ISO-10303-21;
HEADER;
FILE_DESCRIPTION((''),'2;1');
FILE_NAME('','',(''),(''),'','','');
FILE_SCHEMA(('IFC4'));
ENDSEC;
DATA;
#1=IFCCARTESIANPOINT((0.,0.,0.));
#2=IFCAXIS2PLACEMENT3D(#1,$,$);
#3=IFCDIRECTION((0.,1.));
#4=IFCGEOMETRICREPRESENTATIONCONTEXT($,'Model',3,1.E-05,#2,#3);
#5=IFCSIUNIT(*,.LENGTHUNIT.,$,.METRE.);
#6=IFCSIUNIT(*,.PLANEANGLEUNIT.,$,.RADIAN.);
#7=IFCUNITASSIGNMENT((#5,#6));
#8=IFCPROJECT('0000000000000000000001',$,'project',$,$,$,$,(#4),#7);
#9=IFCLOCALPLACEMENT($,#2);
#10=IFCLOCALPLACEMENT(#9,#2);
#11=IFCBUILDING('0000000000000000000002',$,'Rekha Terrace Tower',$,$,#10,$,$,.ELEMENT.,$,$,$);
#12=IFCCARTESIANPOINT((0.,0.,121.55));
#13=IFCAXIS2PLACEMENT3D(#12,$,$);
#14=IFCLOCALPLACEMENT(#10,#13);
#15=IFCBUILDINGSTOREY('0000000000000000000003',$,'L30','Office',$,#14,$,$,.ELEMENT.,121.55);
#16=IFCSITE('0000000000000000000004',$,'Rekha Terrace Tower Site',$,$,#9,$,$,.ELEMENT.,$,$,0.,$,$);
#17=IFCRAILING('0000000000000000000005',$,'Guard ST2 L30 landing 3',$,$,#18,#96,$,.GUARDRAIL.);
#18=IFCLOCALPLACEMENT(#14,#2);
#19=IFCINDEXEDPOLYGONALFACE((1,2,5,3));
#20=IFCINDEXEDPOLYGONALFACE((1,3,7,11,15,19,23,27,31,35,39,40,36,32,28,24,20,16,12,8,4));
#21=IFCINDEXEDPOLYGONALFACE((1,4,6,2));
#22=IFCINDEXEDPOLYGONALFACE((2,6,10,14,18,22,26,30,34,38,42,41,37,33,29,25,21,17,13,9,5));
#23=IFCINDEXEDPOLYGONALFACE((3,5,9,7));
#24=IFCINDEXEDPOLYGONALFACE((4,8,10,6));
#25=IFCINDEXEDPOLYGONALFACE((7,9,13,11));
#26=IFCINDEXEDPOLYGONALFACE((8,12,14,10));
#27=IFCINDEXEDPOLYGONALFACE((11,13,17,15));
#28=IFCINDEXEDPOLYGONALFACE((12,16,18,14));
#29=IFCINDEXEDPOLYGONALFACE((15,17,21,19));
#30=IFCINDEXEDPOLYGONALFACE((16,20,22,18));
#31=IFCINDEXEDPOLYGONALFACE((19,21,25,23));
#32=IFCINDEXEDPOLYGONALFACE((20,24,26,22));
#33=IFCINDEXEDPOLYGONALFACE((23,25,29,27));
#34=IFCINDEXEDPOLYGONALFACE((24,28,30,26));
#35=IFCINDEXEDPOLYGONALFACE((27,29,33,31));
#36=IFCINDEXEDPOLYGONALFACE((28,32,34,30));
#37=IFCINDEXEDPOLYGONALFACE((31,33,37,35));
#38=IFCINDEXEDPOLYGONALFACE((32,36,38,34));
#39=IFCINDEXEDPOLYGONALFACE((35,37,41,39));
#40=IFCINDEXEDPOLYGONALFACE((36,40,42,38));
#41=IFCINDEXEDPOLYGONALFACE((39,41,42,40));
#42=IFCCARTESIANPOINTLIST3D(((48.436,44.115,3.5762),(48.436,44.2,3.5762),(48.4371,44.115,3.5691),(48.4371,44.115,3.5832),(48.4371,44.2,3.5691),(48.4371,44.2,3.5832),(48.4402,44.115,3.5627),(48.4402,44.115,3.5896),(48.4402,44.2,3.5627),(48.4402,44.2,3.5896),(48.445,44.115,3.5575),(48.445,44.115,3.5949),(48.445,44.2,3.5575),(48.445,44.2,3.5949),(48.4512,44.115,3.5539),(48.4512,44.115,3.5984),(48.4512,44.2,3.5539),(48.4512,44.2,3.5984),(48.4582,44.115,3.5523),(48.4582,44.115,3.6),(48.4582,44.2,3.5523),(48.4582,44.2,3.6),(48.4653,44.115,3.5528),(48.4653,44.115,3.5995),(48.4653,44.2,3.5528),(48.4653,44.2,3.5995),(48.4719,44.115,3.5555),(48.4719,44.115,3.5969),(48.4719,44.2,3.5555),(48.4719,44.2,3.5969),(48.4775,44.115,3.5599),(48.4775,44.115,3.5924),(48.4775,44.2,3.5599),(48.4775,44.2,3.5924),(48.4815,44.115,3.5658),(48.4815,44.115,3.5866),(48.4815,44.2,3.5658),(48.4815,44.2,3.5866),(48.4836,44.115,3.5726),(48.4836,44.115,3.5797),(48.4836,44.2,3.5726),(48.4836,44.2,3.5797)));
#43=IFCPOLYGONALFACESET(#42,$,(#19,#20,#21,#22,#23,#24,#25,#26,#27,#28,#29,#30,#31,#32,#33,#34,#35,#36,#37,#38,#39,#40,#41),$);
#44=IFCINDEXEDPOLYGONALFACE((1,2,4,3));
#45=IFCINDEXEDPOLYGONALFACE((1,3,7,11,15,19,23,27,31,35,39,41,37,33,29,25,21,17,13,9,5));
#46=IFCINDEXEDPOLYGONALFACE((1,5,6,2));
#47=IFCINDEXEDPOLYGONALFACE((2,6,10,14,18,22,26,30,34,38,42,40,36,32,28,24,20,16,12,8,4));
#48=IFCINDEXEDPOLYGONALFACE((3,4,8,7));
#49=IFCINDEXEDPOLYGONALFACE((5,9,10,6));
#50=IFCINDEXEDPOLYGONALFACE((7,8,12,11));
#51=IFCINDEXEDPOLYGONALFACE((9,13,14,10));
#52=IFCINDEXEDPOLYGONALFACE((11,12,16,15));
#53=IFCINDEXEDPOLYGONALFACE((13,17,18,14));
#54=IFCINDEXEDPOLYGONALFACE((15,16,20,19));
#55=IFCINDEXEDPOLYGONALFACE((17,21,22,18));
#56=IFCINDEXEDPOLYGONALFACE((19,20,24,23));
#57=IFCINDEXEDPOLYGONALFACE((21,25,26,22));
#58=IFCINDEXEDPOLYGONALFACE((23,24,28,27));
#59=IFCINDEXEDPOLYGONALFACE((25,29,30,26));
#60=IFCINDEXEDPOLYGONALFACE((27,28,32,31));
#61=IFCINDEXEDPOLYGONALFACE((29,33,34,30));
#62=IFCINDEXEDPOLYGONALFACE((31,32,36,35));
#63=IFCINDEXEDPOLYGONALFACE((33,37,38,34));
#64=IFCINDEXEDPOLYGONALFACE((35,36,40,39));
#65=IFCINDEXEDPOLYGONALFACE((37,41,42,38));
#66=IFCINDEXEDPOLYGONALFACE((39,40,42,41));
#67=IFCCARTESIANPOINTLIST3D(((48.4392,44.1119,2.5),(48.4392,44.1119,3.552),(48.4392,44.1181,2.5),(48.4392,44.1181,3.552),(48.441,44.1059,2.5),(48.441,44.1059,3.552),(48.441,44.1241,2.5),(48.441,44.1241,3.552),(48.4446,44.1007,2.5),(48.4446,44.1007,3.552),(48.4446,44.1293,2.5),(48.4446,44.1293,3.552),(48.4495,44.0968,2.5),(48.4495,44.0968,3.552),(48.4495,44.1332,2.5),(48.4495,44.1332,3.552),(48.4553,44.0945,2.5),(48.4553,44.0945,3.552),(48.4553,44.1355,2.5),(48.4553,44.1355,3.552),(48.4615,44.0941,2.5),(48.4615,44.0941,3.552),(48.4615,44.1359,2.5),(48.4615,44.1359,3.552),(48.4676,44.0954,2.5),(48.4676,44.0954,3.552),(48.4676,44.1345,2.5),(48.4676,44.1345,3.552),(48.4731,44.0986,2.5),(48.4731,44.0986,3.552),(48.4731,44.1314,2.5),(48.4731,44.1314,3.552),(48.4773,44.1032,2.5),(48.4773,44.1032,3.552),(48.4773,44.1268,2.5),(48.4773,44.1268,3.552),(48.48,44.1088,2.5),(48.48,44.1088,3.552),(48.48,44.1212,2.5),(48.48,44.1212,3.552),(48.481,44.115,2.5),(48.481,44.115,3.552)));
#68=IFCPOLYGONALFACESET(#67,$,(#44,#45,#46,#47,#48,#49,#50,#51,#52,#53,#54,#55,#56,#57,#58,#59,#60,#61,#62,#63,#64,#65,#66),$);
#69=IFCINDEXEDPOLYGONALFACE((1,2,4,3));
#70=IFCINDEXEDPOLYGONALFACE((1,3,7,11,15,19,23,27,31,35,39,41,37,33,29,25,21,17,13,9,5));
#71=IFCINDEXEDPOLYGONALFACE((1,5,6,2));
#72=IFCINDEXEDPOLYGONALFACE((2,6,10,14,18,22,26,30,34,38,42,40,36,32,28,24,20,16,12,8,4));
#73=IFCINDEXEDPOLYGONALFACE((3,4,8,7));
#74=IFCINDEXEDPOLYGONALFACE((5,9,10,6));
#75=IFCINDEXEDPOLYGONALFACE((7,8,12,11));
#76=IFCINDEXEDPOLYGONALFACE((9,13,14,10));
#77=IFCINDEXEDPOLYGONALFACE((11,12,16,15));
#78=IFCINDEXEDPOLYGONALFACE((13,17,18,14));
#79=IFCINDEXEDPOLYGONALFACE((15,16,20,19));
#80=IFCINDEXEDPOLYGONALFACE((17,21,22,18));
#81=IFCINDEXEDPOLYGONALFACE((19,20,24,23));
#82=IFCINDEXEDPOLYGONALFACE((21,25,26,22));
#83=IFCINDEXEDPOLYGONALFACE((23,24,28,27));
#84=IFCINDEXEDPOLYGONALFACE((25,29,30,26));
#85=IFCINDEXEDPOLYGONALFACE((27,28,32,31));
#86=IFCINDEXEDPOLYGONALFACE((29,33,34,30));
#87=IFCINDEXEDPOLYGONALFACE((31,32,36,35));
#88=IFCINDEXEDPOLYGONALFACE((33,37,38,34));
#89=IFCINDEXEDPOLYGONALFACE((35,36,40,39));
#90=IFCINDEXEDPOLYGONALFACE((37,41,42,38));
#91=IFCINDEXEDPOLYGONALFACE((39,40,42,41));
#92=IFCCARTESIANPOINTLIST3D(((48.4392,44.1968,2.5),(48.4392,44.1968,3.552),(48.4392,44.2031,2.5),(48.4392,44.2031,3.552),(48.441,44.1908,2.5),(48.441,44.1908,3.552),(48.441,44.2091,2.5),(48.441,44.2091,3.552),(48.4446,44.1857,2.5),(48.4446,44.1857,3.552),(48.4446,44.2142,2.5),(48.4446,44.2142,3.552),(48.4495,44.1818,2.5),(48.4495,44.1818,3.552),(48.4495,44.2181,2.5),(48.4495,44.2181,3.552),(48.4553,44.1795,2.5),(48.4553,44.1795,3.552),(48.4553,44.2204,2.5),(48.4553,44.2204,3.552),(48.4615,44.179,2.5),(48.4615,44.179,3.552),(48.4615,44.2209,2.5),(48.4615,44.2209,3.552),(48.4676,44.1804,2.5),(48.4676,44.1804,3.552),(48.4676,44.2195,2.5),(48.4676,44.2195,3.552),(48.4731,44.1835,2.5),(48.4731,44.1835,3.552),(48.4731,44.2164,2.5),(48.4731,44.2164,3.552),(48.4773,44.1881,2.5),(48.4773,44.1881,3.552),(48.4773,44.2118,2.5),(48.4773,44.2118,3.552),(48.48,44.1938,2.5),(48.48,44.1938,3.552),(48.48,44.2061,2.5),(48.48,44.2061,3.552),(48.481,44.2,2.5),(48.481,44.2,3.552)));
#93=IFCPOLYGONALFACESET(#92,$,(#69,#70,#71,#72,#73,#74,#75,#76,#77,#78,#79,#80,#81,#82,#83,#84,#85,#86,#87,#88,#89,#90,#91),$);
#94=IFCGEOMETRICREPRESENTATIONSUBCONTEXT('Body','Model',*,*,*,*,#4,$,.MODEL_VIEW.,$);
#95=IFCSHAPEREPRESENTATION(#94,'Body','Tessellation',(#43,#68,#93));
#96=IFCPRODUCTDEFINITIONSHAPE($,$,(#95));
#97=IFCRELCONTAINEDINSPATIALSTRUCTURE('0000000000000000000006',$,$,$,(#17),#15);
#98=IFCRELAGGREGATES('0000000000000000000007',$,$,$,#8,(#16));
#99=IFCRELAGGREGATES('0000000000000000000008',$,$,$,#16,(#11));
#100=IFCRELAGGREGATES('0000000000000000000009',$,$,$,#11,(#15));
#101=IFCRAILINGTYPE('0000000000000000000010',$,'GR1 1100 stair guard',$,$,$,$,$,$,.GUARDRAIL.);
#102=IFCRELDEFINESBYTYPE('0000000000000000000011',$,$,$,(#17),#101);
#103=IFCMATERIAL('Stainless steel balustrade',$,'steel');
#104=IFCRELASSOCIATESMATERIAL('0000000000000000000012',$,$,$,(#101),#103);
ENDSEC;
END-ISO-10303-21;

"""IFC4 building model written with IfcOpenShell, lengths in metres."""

from ifc_helpers import new_model, si_unit, direction, frame, origin, origin_2d, place, context, subcontext, project, spatial, circle, extrude, material, type_object, element, save


model = new_model("IFC4")

# Units and contexts
model_context = context("Model", 3, precision=1e-05, world=origin(), true_north=direction((0.0, 1.0)))
body_context = subcontext(model_context, "Body", "Model", "MODEL_VIEW")
ifc_project = project(units=[si_unit("LENGTHUNIT", "METRE"), si_unit("PLANEANGLEUNIT", "RADIAN")], contexts=[model_context])

# Site, building, storey
site_placement = place(None, origin())
site = spatial("IfcSite", under=ifc_project, at=site_placement, Name="Rekha Terrace Tower Site", CompositionType="ELEMENT", RefElevation=0.0)
building_placement = place(site_placement, origin())
building = spatial("IfcBuilding", under=site, at=building_placement, Name="Rekha Terrace Tower", CompositionType="ELEMENT")
storey_placement = place(building_placement, frame((0.0, 0.0, 121.55)))
storey = spatial("IfcBuildingStorey", under=building, at=storey_placement, Name="L30", Description="Office", CompositionType="ELEMENT", Elevation=121.55)

# Railing
ifc_material_1 = material(Name="Stainless steel balustrade", Category="steel")
railing_type_1 = type_object("IfcRailingType", Name="GR1 1100 stair guard", PredefinedType="GUARDRAIL", material=ifc_material_1)
railing_1_placement = place(storey_placement, frame((48.46, 44.115, 2.5)))
element("IfcRailing", 1, at=railing_1_placement, inside=storey, type_object=railing_type_1, Name="Guard ST2 L30 landing 3", PredefinedType="GUARDRAIL", context=body_context, shape_type="SweptSolid", body=[
    extrude(circle(Radius=0.0239, at=origin_2d()), frame((0.0, 0.0, 1.0762), z_axis=(0.0, 1.0, 0.0), x_axis=(-1.0, 0.0, 0.0)), (0.0, 0.0, 1.0), 0.085),
    extrude(circle(Radius=0.021, at=origin_2d()), origin(), (0.0, 0.0, 1.0), 1.052),
    extrude(circle(Radius=0.021, at=origin_2d()), frame((0.0, 0.085, 0.0)), (0.0, 0.0, 1.0), 1.052),
])

save(model, "model.ifc")
